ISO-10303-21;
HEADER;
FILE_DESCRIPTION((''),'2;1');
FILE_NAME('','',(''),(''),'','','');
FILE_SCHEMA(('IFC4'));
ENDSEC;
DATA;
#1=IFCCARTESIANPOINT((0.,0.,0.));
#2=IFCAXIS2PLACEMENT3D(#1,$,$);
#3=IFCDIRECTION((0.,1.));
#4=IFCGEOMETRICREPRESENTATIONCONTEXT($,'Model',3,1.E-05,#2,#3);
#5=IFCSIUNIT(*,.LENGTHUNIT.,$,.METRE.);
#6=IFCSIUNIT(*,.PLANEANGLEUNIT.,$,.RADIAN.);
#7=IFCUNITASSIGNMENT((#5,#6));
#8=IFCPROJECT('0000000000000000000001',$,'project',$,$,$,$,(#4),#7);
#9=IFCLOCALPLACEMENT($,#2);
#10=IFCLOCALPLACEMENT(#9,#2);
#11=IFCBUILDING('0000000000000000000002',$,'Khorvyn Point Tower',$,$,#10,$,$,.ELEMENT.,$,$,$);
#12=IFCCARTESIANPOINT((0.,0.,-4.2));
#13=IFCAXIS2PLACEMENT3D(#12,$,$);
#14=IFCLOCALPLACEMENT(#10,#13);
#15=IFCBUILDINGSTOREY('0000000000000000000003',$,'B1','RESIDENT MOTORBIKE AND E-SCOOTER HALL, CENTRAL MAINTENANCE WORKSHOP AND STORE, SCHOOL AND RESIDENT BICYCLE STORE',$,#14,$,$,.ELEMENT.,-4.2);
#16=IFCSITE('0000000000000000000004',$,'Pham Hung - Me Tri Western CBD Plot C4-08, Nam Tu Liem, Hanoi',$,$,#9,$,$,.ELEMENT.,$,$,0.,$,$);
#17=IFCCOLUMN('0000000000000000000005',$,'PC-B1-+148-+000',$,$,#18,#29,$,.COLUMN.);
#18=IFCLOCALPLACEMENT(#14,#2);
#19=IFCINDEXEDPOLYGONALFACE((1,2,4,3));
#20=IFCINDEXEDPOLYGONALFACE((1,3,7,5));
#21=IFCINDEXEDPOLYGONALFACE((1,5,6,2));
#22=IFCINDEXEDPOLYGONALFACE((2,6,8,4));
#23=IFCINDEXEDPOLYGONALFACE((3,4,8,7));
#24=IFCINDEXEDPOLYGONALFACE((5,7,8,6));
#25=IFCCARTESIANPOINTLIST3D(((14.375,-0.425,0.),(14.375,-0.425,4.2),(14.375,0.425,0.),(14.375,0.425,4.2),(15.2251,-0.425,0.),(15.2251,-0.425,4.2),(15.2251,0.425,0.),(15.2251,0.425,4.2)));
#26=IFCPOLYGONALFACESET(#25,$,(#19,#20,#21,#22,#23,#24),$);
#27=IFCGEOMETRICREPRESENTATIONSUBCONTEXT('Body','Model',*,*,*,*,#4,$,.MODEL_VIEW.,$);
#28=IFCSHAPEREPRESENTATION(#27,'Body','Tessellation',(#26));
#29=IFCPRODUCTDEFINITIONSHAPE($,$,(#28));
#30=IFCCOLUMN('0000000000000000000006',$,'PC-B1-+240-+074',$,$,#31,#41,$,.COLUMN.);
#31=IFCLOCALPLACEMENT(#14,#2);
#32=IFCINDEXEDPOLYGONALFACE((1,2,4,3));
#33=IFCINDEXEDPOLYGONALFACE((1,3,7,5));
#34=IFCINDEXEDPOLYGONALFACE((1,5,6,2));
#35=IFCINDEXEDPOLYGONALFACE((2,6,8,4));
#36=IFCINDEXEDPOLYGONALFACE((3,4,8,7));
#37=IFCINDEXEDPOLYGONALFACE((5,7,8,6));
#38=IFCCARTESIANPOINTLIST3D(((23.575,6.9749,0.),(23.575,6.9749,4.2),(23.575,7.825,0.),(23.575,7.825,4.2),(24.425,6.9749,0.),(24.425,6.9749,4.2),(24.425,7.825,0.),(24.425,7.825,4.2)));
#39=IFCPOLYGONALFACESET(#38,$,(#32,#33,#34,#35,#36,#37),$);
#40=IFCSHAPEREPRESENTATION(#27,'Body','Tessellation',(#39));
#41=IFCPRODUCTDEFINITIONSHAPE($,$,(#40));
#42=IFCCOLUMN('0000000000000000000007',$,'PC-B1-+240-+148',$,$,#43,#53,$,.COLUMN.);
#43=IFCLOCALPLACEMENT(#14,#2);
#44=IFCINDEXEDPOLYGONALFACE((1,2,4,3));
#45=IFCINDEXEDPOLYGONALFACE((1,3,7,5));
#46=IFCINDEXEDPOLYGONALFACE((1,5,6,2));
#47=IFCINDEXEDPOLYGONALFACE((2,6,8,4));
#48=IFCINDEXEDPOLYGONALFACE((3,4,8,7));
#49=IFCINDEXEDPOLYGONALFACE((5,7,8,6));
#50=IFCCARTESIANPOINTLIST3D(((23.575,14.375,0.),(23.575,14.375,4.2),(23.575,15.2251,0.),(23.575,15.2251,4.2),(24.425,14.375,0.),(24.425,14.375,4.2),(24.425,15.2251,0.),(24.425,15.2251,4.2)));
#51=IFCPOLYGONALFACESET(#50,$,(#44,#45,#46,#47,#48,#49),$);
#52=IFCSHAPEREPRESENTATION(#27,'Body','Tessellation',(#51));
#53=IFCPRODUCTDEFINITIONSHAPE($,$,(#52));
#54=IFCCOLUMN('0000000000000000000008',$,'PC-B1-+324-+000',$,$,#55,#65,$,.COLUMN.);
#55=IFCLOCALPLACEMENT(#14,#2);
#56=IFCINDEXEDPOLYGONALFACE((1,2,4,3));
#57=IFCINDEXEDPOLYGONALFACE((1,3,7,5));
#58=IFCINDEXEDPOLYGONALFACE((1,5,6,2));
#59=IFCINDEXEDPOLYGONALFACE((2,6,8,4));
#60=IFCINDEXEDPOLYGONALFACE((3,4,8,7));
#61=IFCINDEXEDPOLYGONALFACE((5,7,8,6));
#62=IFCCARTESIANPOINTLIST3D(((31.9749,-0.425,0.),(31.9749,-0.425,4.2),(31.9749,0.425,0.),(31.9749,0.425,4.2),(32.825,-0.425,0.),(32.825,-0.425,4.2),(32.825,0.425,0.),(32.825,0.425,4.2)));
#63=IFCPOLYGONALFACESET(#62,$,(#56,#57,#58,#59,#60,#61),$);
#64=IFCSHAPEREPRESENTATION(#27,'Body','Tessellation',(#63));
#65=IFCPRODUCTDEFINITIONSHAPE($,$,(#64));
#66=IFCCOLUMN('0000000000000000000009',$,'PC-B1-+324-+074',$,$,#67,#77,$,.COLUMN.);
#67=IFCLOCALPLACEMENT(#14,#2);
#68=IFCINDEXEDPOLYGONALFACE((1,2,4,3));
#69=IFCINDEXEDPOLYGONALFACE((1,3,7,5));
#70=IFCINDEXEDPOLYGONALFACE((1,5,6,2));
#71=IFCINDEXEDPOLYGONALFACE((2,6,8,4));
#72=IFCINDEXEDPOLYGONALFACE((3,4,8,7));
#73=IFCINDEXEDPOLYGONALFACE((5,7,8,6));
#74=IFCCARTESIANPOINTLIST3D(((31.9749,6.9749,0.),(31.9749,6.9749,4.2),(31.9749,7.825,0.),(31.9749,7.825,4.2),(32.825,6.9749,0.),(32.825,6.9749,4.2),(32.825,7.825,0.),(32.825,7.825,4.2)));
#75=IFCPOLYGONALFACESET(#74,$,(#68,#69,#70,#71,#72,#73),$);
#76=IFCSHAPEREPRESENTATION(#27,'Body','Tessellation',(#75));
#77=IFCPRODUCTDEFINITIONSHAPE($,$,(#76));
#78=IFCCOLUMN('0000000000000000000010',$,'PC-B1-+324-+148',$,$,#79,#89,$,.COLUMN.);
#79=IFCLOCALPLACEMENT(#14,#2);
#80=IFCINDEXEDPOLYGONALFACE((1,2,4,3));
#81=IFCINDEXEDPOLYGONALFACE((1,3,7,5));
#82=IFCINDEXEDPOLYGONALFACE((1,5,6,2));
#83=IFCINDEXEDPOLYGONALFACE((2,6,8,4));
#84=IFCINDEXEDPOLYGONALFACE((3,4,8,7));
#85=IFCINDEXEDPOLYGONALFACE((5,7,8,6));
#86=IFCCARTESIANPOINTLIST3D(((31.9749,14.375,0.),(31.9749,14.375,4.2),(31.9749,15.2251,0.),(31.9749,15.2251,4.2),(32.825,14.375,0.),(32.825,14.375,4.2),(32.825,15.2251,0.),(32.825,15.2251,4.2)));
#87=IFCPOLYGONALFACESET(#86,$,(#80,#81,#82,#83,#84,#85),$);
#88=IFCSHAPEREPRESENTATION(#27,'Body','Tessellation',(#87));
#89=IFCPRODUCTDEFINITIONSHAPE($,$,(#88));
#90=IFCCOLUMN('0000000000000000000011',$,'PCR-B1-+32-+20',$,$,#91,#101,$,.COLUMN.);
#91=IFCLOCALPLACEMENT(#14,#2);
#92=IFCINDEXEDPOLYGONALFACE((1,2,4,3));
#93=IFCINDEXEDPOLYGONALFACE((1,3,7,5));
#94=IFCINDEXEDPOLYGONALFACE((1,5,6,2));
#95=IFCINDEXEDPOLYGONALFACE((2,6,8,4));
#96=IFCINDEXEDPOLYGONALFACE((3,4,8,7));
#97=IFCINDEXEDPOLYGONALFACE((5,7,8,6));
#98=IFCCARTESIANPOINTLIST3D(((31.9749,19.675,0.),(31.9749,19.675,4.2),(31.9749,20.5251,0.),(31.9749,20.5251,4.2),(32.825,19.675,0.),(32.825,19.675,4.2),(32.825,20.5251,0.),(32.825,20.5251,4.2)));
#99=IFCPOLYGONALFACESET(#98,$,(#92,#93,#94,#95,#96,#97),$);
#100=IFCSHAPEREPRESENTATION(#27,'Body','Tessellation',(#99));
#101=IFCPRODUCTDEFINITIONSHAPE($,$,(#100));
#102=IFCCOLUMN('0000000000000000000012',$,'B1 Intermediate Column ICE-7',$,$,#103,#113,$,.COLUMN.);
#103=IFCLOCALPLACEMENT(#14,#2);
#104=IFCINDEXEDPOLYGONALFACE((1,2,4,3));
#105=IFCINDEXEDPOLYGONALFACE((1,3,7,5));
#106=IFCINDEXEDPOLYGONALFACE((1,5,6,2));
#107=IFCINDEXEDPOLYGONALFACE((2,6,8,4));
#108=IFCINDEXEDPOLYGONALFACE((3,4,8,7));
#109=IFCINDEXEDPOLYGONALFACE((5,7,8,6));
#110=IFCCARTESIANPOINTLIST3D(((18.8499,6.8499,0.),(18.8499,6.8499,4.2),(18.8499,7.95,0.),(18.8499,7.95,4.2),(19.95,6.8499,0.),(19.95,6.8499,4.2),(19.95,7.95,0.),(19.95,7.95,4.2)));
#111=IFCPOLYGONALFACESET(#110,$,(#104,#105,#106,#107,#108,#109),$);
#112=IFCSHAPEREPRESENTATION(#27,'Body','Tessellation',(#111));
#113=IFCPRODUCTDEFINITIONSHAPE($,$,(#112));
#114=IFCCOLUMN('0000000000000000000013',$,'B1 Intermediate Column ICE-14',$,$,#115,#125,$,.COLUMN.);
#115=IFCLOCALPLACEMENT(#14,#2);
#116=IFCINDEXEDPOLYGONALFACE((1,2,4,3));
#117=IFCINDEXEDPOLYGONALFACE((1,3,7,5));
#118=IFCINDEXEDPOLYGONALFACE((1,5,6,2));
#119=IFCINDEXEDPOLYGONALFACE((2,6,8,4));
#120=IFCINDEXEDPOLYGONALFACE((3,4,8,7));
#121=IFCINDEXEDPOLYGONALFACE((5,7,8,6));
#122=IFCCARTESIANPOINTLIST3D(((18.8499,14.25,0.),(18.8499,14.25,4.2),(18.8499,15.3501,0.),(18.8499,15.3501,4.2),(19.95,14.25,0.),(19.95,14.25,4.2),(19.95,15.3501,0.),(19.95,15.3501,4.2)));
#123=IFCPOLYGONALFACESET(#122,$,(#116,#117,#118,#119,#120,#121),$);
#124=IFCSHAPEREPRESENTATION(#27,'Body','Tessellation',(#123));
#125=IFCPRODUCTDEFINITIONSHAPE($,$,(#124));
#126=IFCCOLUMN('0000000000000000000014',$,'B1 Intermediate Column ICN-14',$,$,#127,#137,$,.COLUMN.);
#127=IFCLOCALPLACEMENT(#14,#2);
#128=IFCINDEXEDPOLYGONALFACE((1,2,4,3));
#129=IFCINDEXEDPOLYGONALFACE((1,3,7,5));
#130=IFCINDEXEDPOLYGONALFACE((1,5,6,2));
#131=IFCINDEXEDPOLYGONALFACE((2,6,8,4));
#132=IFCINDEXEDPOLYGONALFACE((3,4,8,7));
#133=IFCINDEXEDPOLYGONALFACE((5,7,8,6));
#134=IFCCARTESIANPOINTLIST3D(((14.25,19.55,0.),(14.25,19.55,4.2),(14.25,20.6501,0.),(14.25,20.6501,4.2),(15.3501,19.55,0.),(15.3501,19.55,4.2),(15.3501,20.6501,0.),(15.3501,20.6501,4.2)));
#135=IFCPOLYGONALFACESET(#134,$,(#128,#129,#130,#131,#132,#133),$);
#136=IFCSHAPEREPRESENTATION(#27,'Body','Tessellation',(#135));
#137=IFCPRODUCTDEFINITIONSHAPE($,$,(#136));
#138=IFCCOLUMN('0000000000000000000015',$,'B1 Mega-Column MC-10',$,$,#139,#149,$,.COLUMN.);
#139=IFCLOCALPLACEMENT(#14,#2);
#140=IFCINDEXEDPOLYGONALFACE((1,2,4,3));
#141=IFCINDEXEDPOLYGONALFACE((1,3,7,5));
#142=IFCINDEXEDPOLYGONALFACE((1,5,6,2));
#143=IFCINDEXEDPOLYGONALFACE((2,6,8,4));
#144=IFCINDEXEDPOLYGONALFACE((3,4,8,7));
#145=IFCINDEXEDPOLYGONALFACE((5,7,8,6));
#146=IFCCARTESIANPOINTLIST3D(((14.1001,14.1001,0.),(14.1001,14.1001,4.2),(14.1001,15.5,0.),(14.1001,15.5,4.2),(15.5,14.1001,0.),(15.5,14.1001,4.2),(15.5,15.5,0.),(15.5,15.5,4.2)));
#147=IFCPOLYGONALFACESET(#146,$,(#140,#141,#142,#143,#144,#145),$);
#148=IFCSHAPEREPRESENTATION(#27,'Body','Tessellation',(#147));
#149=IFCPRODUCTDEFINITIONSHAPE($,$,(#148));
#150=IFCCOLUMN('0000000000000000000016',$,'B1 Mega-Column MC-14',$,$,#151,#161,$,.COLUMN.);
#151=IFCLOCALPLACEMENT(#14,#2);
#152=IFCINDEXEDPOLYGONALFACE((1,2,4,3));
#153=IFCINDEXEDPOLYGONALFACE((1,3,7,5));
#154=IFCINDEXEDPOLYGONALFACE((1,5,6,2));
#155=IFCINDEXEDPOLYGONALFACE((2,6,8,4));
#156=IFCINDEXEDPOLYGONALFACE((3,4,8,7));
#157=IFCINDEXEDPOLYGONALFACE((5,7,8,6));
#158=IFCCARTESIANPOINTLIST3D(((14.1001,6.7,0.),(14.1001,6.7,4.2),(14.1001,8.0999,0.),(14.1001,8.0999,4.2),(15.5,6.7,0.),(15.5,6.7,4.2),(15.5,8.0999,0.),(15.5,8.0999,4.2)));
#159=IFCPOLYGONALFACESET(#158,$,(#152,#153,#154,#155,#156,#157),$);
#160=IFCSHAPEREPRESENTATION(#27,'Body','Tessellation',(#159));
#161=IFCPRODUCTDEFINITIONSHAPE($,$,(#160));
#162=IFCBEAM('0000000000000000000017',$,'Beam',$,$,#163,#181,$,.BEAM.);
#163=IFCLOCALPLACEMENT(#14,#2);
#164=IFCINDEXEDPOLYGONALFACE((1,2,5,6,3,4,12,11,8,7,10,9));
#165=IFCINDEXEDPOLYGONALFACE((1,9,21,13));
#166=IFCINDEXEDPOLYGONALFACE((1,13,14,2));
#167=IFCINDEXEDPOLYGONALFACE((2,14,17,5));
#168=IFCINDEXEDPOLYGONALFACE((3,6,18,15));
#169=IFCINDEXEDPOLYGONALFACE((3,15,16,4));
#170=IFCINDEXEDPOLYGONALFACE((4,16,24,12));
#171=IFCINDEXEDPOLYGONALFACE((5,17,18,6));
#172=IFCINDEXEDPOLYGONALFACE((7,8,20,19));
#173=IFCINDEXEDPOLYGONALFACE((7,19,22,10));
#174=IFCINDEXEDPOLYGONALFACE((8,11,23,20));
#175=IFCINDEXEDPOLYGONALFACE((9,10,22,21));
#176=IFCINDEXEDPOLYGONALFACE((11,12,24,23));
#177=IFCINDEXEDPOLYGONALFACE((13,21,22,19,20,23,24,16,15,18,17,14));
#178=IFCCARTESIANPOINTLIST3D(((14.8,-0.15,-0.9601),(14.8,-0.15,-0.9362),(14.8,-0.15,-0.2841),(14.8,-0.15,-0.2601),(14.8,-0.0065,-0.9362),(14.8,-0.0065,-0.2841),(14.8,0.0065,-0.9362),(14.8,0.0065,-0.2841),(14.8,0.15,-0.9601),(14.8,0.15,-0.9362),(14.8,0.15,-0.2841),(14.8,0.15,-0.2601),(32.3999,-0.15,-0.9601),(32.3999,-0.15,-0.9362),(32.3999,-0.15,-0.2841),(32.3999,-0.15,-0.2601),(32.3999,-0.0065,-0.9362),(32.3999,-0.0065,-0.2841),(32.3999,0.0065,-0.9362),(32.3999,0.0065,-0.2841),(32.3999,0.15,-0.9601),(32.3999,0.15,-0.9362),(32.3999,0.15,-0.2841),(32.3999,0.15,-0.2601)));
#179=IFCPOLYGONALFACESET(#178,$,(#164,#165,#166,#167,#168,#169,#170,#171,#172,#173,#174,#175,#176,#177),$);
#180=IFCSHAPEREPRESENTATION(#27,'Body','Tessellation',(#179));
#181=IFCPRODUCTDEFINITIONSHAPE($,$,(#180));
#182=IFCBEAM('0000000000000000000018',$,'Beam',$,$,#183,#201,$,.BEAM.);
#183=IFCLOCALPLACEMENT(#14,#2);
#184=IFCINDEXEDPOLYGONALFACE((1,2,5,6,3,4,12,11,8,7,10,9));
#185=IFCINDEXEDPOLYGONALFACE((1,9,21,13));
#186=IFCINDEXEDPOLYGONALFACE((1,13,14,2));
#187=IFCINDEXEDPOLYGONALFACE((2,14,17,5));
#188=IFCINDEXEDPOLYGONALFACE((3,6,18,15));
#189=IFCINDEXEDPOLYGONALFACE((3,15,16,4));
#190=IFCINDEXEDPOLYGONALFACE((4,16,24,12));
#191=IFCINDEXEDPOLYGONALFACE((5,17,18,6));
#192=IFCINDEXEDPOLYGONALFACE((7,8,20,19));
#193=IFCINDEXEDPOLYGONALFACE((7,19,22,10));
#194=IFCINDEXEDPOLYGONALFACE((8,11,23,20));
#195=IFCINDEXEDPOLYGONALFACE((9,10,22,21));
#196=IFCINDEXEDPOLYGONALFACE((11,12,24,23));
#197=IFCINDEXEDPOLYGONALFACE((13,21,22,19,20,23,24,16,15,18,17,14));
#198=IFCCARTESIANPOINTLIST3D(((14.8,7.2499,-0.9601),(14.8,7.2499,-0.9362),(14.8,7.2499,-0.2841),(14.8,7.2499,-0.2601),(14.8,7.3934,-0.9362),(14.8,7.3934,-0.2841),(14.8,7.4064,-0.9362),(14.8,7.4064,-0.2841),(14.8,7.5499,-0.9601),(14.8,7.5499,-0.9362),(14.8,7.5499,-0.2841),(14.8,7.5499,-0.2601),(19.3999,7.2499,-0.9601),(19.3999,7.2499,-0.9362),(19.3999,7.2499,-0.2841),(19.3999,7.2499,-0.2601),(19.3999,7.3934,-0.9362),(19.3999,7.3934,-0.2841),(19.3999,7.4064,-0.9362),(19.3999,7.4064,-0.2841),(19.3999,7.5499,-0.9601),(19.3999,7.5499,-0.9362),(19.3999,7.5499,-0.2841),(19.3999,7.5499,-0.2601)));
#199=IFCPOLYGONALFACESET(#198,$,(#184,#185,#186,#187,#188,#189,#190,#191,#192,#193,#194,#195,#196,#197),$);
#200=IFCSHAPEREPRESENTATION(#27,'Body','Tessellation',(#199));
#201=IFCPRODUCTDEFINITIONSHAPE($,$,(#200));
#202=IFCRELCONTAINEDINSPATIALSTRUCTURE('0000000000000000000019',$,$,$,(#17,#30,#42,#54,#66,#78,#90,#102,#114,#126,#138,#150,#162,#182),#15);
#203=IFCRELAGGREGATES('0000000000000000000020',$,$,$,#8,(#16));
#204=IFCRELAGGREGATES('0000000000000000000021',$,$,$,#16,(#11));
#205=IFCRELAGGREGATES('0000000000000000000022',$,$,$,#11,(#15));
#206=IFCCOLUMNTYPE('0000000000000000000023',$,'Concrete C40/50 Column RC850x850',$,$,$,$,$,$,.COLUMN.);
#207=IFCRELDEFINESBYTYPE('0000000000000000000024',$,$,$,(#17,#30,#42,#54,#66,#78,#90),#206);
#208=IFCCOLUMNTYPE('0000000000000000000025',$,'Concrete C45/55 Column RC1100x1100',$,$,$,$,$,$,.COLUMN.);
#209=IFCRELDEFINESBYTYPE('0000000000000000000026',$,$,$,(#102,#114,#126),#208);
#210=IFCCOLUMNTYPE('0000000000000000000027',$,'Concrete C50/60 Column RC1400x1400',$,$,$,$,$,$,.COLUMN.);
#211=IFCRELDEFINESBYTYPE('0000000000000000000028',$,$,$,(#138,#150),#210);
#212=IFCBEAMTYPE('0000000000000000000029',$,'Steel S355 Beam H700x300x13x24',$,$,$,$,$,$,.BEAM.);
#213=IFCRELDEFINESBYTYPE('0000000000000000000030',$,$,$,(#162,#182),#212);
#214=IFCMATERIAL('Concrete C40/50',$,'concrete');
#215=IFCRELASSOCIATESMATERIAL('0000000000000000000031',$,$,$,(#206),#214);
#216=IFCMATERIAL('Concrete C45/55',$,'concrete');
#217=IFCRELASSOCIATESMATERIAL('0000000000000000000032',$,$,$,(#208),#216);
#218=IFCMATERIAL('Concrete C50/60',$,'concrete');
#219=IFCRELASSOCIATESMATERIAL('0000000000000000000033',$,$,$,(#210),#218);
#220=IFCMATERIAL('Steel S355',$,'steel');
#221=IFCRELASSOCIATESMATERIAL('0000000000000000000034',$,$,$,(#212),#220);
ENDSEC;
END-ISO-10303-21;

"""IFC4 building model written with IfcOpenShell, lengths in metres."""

from ifc_helpers import new_model, si_unit, direction, frame, origin, origin_2d, place, context, subcontext, project, spatial, rectangle, i_section, extrude, material, material_profile, profile_set, type_object, element, save


model = new_model("IFC4")

# Units and contexts
model_context = context("Model", 3, precision=1e-05, world=origin(), true_north=direction((0.0, 1.0)))
body_context = subcontext(model_context, "Body", "Model", "MODEL_VIEW")
ifc_project = project(units=[si_unit("LENGTHUNIT", "METRE"), si_unit("PLANEANGLEUNIT", "RADIAN")], contexts=[model_context])

# Site, building, storey
site_placement = place(None, origin())
site = spatial("IfcSite", under=ifc_project, at=site_placement, Name="Pham Hung - Me Tri Western CBD Plot C4-08, Nam Tu Liem, Hanoi", CompositionType="ELEMENT", RefElevation=0.0)
building_placement = place(site_placement, origin())
building = spatial("IfcBuilding", under=site, at=building_placement, Name="Khorvyn Point Tower", CompositionType="ELEMENT")
storey_placement = place(building_placement, frame((0.0, 0.0, -4.2)))
storey = spatial("IfcBuildingStorey", under=building, at=storey_placement, Name="B1", Description="RESIDENT MOTORBIKE AND E-SCOOTER HALL, CENTRAL MAINTENANCE WORKSHOP AND STORE, SCHOOL AND RESIDENT BICYCLE STORE", CompositionType="ELEMENT", Elevation=-4.2)

# Columns
ifc_material_1 = material(Name="Concrete C40/50", Category="concrete")
ifc_material_profile_1 = material_profile(ifc_material_1, rectangle(XDim=0.8501, YDim=0.8501, at=origin_2d()))
ifc_profile_set_1 = profile_set([ifc_material_profile_1], Name="Concrete C40/50 RC850x850")
column_type_1 = type_object("IfcColumnType", Name="Concrete C40/50 Column RC850x850", PredefinedType="COLUMN", material=ifc_profile_set_1)
for number, where, z_axis, x_axis, name in (
    (1, (14.8, 0.0, 0.0), (0.0, 0.0, 1.0), (1.0, 0.0, 0.0), "PC-B1-+148-+000"),
    (2, (24.0, 7.3999, 0.0), (0.0, 0.0, 1.0), (1.0, 0.0, 0.0), "PC-B1-+240-+074"),
    (3, (24.0, 14.8, 0.0), (0.0, 0.0, 1.0), (1.0, 0.0, 0.0), "PC-B1-+240-+148"),
    (4, (32.3999, 0.0, 0.0), (0.0, 0.0, 1.0), (1.0, 0.0, 0.0), "PC-B1-+324-+000"),
    (5, (32.3999, 7.3999, 0.0), (0.0, 0.0, 1.0), (1.0, 0.0, 0.0), "PC-B1-+324-+074"),
    (6, (32.3999, 14.8, 0.0), (0.0, 0.0, 1.0), (1.0, 0.0, 0.0), "PC-B1-+324-+148"),
    (7, (32.3999, 20.1001, 0.0), (0.0, 0.0, 1.0), (1.0, 0.0, 0.0), "PCR-B1-+32-+20"),
):
    element("IfcColumn", number, at=place(storey_placement, frame(where, z_axis=z_axis, x_axis=x_axis)), inside=storey, type_object=column_type_1, Name=name, PredefinedType="COLUMN", context=body_context, shape_type="SweptSolid", body=[
        extrude(rectangle(XDim=0.8501, YDim=0.8501, at=origin_2d()), origin(), (0.0, 0.0, 1.0), 4.2),
    ])
ifc_material_2 = material(Name="Concrete C45/55", Category="concrete")
ifc_material_profile_2 = material_profile(ifc_material_2, rectangle(XDim=1.1001, YDim=1.1001, at=origin_2d()))
ifc_profile_set_2 = profile_set([ifc_material_profile_2], Name="Concrete C45/55 RC1100x1100")
column_type_2 = type_object("IfcColumnType", Name="Concrete C45/55 Column RC1100x1100", PredefinedType="COLUMN", material=ifc_profile_set_2)
for number, where, z_axis, x_axis, name in (
    (8, (19.3999, 7.3999, 0.0), (0.0, 0.0, 1.0), (1.0, 0.0, 0.0), "B1 Intermediate Column ICE-7"),
    (9, (19.3999, 14.8, 0.0), (0.0, 0.0, 1.0), (1.0, 0.0, 0.0), "B1 Intermediate Column ICE-14"),
    (10, (14.8, 20.1001, 0.0), (0.0, 0.0, 1.0), (1.0, 0.0, 0.0), "B1 Intermediate Column ICN-14"),
):
    element("IfcColumn", number, at=place(storey_placement, frame(where, z_axis=z_axis, x_axis=x_axis)), inside=storey, type_object=column_type_2, Name=name, PredefinedType="COLUMN", context=body_context, shape_type="SweptSolid", body=[
        extrude(rectangle(XDim=1.1001, YDim=1.1001, at=origin_2d()), origin(), (0.0, 0.0, 1.0), 4.2),
    ])
ifc_material_3 = material(Name="Concrete C50/60", Category="concrete")
ifc_material_profile_3 = material_profile(ifc_material_3, rectangle(XDim=1.3999, YDim=1.3999, at=origin_2d()))
ifc_profile_set_3 = profile_set([ifc_material_profile_3], Name="Concrete C50/60 RC1400x1400")
column_type_3 = type_object("IfcColumnType", Name="Concrete C50/60 Column RC1400x1400", PredefinedType="COLUMN", material=ifc_profile_set_3)
for number, where, z_axis, x_axis, name in (
    (11, (14.8, 14.8, 0.0), (0.0, 0.0, 1.0), (1.0, 0.0, 0.0), "B1 Mega-Column MC-10"),
    (12, (14.8, 7.3999, 0.0), (0.0, 0.0, 1.0), (1.0, 0.0, 0.0), "B1 Mega-Column MC-14"),
):
    element("IfcColumn", number, at=place(storey_placement, frame(where, z_axis=z_axis, x_axis=x_axis)), inside=storey, type_object=column_type_3, Name=name, PredefinedType="COLUMN", context=body_context, shape_type="SweptSolid", body=[
        extrude(rectangle(XDim=1.3999, YDim=1.3999, at=origin_2d()), origin(), (0.0, 0.0, 1.0), 4.2),
    ])

# Beams
ifc_material_4 = material(Name="Steel S355", Category="steel")
ifc_material_profile_4 = material_profile(ifc_material_4, i_section(OverallWidth=0.3, OverallDepth=0.7, WebThickness=0.0129, FlangeThickness=0.0239, at=origin_2d()))
ifc_profile_set_4 = profile_set([ifc_material_profile_4], Name="Steel S355 H700x300x13x24")
beam_type_1 = type_object("IfcBeamType", Name="Steel S355 Beam H700x300x13x24", PredefinedType="BEAM", material=ifc_profile_set_4)
beam_1_placement = place(storey_placement, frame((14.8, 0.0, -0.6101), z_axis=(1.0, 0.0, 0.0), x_axis=(0.0, 1.0, 0.0)))
element("IfcBeam", 13, at=beam_1_placement, inside=storey, type_object=beam_type_1, Name="Beam", PredefinedType="BEAM", context=body_context, shape_type="SweptSolid", body=[
    extrude(i_section(OverallWidth=0.3, OverallDepth=0.7, WebThickness=0.0129, FlangeThickness=0.0239, at=origin_2d()), origin(), (0.0, 0.0, 1.0), 17.5999),
])
beam_2_placement = place(storey_placement, frame((14.8, 7.3999, -0.6101), z_axis=(1.0, 0.0, 0.0), x_axis=(0.0, 1.0, 0.0)))
element("IfcBeam", 14, at=beam_2_placement, inside=storey, type_object=beam_type_1, Name="Beam", PredefinedType="BEAM", context=body_context, shape_type="SweptSolid", body=[
    extrude(i_section(OverallWidth=0.3, OverallDepth=0.7, WebThickness=0.0129, FlangeThickness=0.0239, at=origin_2d()), origin(), (0.0, 0.0, 1.0), 4.5999),
])

save(model, "model.ifc")
